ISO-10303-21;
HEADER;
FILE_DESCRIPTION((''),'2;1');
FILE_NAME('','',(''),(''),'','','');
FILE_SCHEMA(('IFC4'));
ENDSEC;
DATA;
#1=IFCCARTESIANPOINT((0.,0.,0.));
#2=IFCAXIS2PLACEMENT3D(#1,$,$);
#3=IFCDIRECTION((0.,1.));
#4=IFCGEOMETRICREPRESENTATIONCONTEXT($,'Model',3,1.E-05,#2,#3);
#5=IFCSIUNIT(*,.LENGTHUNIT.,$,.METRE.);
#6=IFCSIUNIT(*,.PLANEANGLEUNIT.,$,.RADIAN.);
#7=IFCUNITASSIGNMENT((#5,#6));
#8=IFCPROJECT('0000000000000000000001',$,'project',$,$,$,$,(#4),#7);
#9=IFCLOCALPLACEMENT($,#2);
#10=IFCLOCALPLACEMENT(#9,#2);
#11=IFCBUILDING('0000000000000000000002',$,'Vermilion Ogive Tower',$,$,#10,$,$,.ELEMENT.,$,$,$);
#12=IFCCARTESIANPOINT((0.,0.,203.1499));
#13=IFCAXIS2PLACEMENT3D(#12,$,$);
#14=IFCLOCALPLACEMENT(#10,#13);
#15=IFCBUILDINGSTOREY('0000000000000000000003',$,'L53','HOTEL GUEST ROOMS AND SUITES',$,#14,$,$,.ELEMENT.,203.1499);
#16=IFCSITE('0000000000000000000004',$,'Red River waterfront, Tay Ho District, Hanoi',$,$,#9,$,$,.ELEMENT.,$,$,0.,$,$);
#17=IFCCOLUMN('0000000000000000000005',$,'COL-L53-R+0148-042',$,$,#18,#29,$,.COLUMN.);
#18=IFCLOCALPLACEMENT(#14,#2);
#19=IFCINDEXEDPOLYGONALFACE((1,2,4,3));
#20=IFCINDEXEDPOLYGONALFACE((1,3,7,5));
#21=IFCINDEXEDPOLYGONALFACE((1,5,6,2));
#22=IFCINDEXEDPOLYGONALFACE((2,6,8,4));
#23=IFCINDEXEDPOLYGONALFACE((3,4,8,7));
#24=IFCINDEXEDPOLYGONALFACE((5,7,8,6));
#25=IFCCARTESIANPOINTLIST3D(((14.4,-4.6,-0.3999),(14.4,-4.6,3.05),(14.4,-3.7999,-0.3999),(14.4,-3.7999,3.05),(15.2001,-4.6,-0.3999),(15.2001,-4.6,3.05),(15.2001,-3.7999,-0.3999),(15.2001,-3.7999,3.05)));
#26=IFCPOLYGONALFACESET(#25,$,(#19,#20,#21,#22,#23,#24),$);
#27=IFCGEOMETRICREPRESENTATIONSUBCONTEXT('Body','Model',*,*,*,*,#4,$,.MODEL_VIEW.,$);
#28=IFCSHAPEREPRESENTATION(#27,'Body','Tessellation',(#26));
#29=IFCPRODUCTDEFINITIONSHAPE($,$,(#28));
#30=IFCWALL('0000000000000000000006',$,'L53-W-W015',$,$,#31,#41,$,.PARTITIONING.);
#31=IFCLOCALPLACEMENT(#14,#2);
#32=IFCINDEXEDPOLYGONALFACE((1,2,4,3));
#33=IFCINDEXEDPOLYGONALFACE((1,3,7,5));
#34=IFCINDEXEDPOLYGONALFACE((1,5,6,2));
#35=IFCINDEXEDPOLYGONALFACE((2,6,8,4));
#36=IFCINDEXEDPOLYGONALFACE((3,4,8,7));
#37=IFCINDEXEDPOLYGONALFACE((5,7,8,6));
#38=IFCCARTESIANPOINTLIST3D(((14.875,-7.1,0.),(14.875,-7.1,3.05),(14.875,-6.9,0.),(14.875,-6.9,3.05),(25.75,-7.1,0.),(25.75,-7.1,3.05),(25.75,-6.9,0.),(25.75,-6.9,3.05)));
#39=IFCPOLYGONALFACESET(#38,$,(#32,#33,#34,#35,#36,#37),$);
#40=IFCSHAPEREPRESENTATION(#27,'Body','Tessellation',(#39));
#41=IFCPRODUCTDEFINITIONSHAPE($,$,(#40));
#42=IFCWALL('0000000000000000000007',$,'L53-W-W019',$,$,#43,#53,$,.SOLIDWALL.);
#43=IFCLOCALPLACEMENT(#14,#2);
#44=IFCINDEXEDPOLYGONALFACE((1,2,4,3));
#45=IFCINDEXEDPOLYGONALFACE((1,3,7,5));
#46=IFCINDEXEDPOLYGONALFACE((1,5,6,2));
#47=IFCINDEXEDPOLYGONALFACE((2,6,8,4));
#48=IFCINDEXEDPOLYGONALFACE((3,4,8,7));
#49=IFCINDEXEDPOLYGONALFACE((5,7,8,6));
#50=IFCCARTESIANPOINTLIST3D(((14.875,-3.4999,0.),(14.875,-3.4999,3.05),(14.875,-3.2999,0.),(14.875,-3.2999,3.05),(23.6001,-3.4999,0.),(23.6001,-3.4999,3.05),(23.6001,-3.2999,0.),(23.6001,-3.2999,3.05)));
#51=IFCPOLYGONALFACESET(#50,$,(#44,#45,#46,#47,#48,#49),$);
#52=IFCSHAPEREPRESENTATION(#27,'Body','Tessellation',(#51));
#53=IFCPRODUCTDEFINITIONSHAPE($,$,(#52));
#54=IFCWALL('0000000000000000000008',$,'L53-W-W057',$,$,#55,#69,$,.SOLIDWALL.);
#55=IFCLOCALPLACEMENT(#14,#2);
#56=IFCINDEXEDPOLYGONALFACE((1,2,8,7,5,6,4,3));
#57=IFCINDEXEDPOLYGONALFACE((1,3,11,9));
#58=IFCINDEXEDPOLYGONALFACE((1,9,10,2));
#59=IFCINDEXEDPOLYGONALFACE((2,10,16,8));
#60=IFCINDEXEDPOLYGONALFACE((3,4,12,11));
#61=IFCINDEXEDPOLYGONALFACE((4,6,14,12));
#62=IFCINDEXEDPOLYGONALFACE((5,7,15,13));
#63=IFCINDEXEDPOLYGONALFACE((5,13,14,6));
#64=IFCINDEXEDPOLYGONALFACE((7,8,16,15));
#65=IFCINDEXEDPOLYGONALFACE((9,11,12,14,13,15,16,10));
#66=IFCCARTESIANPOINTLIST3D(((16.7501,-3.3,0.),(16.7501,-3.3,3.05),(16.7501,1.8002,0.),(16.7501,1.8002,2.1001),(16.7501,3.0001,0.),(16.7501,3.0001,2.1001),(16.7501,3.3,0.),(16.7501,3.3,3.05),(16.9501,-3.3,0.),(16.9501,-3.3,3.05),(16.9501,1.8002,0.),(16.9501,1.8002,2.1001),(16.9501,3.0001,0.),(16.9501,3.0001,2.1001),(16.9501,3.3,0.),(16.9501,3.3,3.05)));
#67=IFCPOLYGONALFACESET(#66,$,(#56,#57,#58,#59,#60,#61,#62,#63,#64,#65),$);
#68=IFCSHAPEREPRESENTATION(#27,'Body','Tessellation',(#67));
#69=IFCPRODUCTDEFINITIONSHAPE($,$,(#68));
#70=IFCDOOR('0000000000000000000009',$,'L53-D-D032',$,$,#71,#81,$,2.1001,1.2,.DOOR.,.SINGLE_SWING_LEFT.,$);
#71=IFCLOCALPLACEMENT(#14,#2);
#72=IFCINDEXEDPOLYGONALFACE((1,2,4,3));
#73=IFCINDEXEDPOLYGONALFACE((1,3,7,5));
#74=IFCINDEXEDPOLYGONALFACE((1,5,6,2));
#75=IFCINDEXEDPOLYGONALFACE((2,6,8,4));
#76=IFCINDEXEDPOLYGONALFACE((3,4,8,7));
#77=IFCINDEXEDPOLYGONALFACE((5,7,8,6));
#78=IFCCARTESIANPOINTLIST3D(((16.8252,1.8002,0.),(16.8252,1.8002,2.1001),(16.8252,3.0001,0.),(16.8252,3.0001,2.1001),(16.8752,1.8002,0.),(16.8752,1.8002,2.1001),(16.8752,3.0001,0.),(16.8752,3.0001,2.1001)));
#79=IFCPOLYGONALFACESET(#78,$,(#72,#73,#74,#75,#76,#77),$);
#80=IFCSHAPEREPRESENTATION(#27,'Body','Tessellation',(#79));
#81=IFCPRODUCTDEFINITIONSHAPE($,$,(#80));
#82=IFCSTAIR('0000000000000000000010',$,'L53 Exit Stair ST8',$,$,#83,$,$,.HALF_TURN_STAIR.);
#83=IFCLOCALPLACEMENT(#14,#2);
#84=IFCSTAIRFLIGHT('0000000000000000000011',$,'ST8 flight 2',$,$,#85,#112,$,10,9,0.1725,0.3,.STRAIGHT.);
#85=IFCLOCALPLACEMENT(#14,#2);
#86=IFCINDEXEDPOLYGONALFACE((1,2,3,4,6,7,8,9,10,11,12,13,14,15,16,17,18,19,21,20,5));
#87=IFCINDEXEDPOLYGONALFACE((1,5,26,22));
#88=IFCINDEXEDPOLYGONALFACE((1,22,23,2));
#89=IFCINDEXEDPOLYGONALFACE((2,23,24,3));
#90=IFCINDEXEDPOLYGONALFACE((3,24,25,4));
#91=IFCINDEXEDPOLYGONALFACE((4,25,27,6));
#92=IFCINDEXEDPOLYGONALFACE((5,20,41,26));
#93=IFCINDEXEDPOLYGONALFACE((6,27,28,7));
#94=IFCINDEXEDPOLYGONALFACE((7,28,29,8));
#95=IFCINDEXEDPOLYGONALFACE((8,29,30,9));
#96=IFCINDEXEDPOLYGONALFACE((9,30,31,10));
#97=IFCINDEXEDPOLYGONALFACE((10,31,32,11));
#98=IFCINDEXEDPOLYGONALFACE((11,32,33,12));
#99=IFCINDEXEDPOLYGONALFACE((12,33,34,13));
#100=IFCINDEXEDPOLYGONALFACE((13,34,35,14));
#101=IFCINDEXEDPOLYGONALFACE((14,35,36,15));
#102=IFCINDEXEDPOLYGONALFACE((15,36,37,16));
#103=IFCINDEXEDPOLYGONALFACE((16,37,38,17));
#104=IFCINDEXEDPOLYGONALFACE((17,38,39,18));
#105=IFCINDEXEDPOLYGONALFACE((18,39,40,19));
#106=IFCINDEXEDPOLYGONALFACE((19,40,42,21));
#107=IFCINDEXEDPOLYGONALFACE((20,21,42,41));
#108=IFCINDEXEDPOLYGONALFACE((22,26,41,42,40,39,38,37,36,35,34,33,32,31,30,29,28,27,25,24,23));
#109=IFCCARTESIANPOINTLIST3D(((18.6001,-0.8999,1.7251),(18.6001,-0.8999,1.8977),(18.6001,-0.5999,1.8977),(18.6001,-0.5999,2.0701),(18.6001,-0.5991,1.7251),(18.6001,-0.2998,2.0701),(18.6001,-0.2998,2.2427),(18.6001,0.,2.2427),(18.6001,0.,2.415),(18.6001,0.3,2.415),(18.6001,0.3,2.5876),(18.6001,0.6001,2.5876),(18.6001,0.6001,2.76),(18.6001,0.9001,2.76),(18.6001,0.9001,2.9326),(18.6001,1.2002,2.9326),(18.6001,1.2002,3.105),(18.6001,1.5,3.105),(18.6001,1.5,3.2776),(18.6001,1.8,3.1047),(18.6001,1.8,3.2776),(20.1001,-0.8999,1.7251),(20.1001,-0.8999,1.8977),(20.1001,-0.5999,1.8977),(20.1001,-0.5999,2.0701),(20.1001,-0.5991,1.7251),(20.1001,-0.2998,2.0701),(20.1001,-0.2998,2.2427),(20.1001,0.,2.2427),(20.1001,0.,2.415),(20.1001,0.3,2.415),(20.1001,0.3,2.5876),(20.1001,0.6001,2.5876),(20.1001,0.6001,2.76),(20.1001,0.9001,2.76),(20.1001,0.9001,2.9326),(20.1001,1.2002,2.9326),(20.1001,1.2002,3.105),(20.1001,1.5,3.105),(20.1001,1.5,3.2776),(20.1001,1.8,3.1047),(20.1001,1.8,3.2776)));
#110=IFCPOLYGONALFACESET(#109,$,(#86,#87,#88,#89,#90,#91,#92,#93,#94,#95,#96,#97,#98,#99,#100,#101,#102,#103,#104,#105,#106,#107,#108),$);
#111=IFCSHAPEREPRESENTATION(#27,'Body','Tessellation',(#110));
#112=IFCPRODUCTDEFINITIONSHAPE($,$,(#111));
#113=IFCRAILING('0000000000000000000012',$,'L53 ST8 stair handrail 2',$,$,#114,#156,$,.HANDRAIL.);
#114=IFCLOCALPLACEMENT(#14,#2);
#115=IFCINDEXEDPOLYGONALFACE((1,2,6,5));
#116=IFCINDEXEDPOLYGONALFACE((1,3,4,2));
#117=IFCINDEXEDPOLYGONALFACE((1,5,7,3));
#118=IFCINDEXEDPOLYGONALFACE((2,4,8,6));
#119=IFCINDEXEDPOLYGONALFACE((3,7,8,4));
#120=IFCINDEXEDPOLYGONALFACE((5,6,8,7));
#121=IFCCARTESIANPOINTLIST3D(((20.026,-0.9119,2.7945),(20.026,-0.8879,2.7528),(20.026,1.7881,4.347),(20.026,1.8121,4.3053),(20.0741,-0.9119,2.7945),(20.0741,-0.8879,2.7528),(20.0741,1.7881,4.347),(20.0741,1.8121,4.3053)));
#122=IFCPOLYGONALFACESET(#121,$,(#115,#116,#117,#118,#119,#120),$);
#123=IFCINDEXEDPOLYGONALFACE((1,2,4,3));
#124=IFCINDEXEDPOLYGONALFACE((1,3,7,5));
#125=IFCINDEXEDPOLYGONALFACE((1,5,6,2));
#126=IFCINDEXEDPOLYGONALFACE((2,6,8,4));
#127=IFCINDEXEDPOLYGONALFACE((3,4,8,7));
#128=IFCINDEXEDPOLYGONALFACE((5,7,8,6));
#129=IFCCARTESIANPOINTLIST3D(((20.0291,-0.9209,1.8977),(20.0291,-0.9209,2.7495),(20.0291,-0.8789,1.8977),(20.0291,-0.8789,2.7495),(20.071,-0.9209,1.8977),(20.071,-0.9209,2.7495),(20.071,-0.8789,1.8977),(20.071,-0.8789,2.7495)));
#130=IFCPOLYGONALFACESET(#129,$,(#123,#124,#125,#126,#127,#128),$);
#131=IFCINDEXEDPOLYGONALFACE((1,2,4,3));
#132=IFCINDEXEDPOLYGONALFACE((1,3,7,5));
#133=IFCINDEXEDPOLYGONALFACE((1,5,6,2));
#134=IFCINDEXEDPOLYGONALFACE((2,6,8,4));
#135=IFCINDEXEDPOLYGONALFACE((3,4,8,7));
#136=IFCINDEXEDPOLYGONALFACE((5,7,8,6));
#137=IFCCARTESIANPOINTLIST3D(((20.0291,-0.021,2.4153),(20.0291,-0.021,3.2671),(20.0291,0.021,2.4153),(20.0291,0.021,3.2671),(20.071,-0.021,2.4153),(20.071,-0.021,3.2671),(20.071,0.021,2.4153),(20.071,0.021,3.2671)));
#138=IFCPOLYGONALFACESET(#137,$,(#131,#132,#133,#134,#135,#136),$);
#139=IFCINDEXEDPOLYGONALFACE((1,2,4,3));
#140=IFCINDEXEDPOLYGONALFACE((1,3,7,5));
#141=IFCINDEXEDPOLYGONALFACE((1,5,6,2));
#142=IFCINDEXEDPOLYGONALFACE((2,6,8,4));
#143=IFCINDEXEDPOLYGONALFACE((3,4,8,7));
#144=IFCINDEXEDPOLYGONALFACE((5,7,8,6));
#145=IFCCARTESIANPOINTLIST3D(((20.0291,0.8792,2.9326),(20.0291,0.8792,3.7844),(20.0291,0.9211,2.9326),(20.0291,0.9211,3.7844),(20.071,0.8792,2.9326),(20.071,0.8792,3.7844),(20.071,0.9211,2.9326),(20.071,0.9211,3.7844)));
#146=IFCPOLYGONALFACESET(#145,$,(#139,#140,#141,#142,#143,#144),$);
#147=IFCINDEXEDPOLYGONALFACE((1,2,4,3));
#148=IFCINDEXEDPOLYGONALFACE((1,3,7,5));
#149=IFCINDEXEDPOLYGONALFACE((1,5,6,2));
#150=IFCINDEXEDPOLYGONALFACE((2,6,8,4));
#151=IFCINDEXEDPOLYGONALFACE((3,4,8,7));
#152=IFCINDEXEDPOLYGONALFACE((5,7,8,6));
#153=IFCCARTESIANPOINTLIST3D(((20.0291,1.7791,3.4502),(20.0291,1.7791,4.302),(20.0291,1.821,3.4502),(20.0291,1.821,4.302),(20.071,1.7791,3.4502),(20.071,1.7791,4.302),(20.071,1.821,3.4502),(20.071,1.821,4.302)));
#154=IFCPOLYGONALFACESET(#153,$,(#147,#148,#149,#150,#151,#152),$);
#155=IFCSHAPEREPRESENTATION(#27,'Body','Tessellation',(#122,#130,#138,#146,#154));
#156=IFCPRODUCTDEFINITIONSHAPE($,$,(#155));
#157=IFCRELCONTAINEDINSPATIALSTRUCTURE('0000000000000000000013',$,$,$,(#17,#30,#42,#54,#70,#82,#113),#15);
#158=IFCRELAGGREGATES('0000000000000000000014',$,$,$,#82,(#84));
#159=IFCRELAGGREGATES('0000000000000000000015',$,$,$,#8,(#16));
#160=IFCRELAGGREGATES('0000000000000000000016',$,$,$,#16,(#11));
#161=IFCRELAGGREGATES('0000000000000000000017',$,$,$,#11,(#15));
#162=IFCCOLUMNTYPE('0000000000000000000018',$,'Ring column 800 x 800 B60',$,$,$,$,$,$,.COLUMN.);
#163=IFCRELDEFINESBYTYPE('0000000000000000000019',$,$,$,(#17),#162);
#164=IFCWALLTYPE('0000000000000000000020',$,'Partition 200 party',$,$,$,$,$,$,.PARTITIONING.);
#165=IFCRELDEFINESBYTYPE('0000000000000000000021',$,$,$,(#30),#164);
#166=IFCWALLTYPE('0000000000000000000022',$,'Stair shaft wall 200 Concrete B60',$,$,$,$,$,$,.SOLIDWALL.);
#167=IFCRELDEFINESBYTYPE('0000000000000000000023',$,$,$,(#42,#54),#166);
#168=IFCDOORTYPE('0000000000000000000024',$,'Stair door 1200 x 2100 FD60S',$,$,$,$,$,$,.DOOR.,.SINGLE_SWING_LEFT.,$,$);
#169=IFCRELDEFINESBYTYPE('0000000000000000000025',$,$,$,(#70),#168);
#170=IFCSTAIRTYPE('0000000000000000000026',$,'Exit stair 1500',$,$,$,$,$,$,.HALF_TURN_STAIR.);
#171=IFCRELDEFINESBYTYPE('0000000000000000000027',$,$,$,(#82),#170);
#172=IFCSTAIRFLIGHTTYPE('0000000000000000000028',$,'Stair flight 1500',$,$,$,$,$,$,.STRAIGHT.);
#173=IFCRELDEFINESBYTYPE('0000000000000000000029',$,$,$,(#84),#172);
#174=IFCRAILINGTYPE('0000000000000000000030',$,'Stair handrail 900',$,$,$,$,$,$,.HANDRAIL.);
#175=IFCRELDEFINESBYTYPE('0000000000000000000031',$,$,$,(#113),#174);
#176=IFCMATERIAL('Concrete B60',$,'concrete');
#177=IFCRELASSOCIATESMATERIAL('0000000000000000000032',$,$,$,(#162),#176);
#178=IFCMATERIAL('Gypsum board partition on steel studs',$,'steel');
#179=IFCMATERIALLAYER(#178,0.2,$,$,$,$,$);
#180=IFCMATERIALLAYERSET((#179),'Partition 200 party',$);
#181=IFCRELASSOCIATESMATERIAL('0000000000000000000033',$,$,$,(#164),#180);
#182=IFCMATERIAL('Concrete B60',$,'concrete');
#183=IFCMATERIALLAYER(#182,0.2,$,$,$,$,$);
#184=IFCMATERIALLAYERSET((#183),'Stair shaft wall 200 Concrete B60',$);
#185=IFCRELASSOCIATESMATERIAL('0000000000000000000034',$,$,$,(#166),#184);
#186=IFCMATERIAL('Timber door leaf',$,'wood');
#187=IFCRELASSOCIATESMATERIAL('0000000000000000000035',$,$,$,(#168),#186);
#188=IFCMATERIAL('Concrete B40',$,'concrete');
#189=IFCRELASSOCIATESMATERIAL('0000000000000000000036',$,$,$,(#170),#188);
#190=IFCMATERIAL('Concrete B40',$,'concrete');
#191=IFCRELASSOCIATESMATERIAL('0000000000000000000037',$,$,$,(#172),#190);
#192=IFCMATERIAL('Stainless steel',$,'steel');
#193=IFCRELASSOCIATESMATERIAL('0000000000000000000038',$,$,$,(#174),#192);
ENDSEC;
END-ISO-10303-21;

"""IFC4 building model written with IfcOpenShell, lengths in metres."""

from ifc_helpers import new_model, si_unit, direction, frame, frame_2d, origin, origin_2d, place, context, subcontext, project, spatial, polyline, rectangle, outline, extrude, material, layer, layer_set, material_profile, profile_set, type_object, element, fill, aggregate, save


model = new_model("IFC4")

# Units and contexts
model_context = context("Model", 3, precision=1e-05, world=origin(), true_north=direction((0.0, 1.0)))
body_context = subcontext(model_context, "Body", "Model", "MODEL_VIEW")
ifc_project = project(units=[si_unit("LENGTHUNIT", "METRE"), si_unit("PLANEANGLEUNIT", "RADIAN")], contexts=[model_context])

# Site, building, storey
site_placement = place(None, origin())
site = spatial("IfcSite", under=ifc_project, at=site_placement, Name="Red River waterfront, Tay Ho District, Hanoi", CompositionType="ELEMENT", RefElevation=0.0)
building_placement = place(site_placement, origin())
building = spatial("IfcBuilding", under=site, at=building_placement, Name="Vermilion Ogive Tower", CompositionType="ELEMENT")
storey_placement = place(building_placement, frame((0.0, 0.0, 203.1499)))
storey = spatial("IfcBuildingStorey", under=building, at=storey_placement, Name="L53", Description="HOTEL GUEST ROOMS AND SUITES", CompositionType="ELEMENT", Elevation=203.1499)

# Column
ifc_material_1 = material(Name="Concrete B60", Category="concrete")
ifc_material_profile = material_profile(ifc_material_1, rectangle(XDim=0.8, YDim=0.8, at=origin_2d()), Name="800 x 800")
ifc_profile_set = profile_set([ifc_material_profile], Name="Concrete B60")
column_type = type_object("IfcColumnType", Name="Ring column 800 x 800 B60", PredefinedType="COLUMN", material=ifc_profile_set)
column_placement = place(storey_placement, frame((14.8, -4.2, -0.3999), z_axis=(0.0, 0.0, 1.0), x_axis=(1.0, 0.0, 0.0)))
element("IfcColumn", 1, at=column_placement, inside=storey, type_object=column_type, Name="COL-L53-R+0148-042", PredefinedType="COLUMN", context=body_context, shape_type="SweptSolid", body=[
    extrude(rectangle(XDim=0.8, YDim=0.8, at=origin_2d()), origin(), (0.0, 0.0, 1.0), 3.45),
])

# Walls
ifc_material_2 = material(Name="Gypsum board partition on steel studs", Category="steel")
ifc_layer_1 = layer(ifc_material_2, 0.2)
ifc_layer_set_1 = layer_set([ifc_layer_1], Name="Partition 200 party")
wall_type_1 = type_object("IfcWallType", Name="Partition 200 party", PredefinedType="PARTITIONING", material=ifc_layer_set_1)
wall_1_placement = place(storey_placement, frame((14.875, -7.0, 0.0), z_axis=(0.0, 0.0, 1.0), x_axis=(1.0, 0.0, 0.0)))
element("IfcWall", 2, at=wall_1_placement, inside=storey, type_object=wall_type_1, Name="L53-W-W015", PredefinedType="PARTITIONING", context=body_context, shape_type="SweptSolid", body=[
    extrude(rectangle(XDim=10.875, YDim=0.2, at=frame_2d((5.4375, 0.0))), origin(), (0.0, 0.0, 1.0), 3.05),
])
ifc_material_3 = material(Name="Concrete B60", Category="concrete")
ifc_layer_2 = layer(ifc_material_3, 0.2)
ifc_layer_set_2 = layer_set([ifc_layer_2], Name="Stair shaft wall 200 Concrete B60")
wall_type_2 = type_object("IfcWallType", Name="Stair shaft wall 200 Concrete B60", PredefinedType="SOLIDWALL", material=ifc_layer_set_2)
wall_2_placement = place(storey_placement, frame((14.875, -3.3999, 0.0), z_axis=(0.0, 0.0, 1.0), x_axis=(1.0, 0.0, 0.0)))
element("IfcWall", 3, at=wall_2_placement, inside=storey, type_object=wall_type_2, Name="L53-W-W019", PredefinedType="SOLIDWALL", context=body_context, shape_type="SweptSolid", body=[
    extrude(rectangle(XDim=8.7251, YDim=0.2, at=frame_2d((4.3625, 0.0))), origin(), (0.0, 0.0, 1.0), 3.05),
])

# Wall, opening, door
wall_3_placement = place(storey_placement, frame((16.8501, -3.3, 0.0), z_axis=(0.0, 0.0, 1.0), x_axis=(0.0, 1.0, 0.0)))
wall_3 = element("IfcWall", 4, at=wall_3_placement, inside=storey, type_object=wall_type_2, Name="L53-W-W057", PredefinedType="SOLIDWALL", context=body_context, shape_type="SweptSolid", body=[
    extrude(rectangle(XDim=6.6001, YDim=0.2, at=frame_2d((3.3, 0.0))), origin(), (0.0, 0.0, 1.0), 3.05),
])
opening_placement = place(wall_3_placement, frame((5.1001, 0.0, 0.0)))
opening = element("IfcOpeningElement", 5, at=opening_placement, cuts=wall_3, PredefinedType="OPENING", context=body_context, shape_type="SweptSolid", body=[
    extrude(rectangle(XDim=1.2, YDim=2.1001, at=frame_2d((0.6001, 1.05))), frame((0.0, 0.1099, 0.0), z_axis=(0.0, -1.0, 0.0), x_axis=(1.0, 0.0, 0.0)), (0.0, 0.0, 1.0), 0.22),
])
ifc_material_4 = material(Name="Timber door leaf", Category="wood")
door_type = type_object("IfcDoorType", Name="Stair door 1200 x 2100 FD60S", OperationType="SINGLE_SWING_LEFT", PredefinedType="DOOR", material=ifc_material_4)
door_placement = place(opening_placement, origin())
door = element("IfcDoor", 6, at=door_placement, inside=storey, type_object=door_type, Name="L53-D-D032", OperationType="SINGLE_SWING_LEFT", OverallHeight=2.1001, OverallWidth=1.2, PredefinedType="DOOR", context=body_context, shape_type="SweptSolid", body=[
    extrude(rectangle(XDim=1.2, YDim=2.1001, at=frame_2d((0.6001, 1.05))), frame((0.0, 0.0249, 0.0), z_axis=(0.0, -1.0, 0.0), x_axis=(1.0, 0.0, 0.0)), (0.0, 0.0, 1.0), 0.05),
])
fill(opening, door)

# Stair, stair flight
ifc_material_5 = material(Name="Concrete B40", Category="concrete")
stair_type = type_object("IfcStairType", Name="Exit stair 1500", PredefinedType="HALF_TURN_STAIR", material=ifc_material_5)
stair_placement = place(storey_placement, origin())
stair = element("IfcStair", 7, at=stair_placement, inside=storey, type_object=stair_type, Name="L53 Exit Stair ST8", PredefinedType="HALF_TURN_STAIR")
ifc_material_6 = material(Name="Concrete B40", Category="concrete")
stair_flight_type = type_object("IfcStairFlightType", Name="Stair flight 1500", PredefinedType="STRAIGHT", material=ifc_material_6)
stair_flight_placement = place(storey_placement, frame((19.3501, -0.8999, 1.7251), z_axis=(0.0, 0.0, 1.0), x_axis=(0.0, 1.0, 0.0)))
stair_flight = element("IfcStairFlight", 8, at=stair_flight_placement, type_object=stair_flight_type, Name="ST8 flight 2", NumberOfRisers=10, NumberOfTreads=9, PredefinedType="STRAIGHT", RiserHeight=0.1725, TreadLength=0.3, context=body_context, shape_type="SweptSolid", body=[
    extrude(outline(polyline([(0.0, 0.0), (0.0, 0.1726), (0.3, 0.1726), (0.3, 0.345), (0.6001, 0.345), (0.6001, 0.5176), (0.8999, 0.5176), (0.8999, 0.6899), (1.2, 0.6899), (1.2, 0.8625), (1.5, 0.8625), (1.5, 1.0349), (1.8, 1.0349), (1.8, 1.2075), (2.1001, 1.2075), (2.1001, 1.3799), (2.3999, 1.3799), (2.3999, 1.5525), (2.7, 1.5525), (2.7, 1.7251), (2.7, 1.3796), (0.3008, 0.0), (0.0, 0.0)])), frame((0.0, 0.75, 0.0), z_axis=(0.0, -1.0, 0.0), x_axis=(1.0, 0.0, 0.0)), (0.0, 0.0, 1.0), 1.5),
])
aggregate(stair, [stair_flight])

# Railing
ifc_material_7 = material(Name="Stainless steel", Category="steel")
railing_type = type_object("IfcRailingType", Name="Stair handrail 900", PredefinedType="HANDRAIL", material=ifc_material_7)
railing_placement = place(storey_placement, frame((20.05, -0.8999, 1.8977)))
element("IfcRailing", 9, at=railing_placement, inside=storey, type_object=railing_type, Name="L53 ST8 stair handrail 2", PredefinedType="HANDRAIL", context=body_context, shape_type="SweptSolid", body=[
    extrude(rectangle(XDim=0.0481, YDim=0.0481, at=origin_2d()), frame((0.0, 0.0, 0.876), z_axis=(0.0, 0.866904, 0.498476), x_axis=(-1.0, 0.0, 0.0)), (0.0, 0.0, 1.0), 3.1145),
    extrude(rectangle(XDim=0.042, YDim=0.042, at=origin_2d()), origin(), (0.0, 0.0, 1.0), 0.8518),
    extrude(rectangle(XDim=0.042, YDim=0.042, at=origin_2d()), frame((0.0, 0.8999, 0.5176)), (0.0, 0.0, 1.0), 0.8518),
    extrude(rectangle(XDim=0.042, YDim=0.042, at=origin_2d()), frame((0.0, 1.8, 1.0349)), (0.0, 0.0, 1.0), 0.8518),
    extrude(rectangle(XDim=0.042, YDim=0.042, at=origin_2d()), frame((0.0, 2.7, 1.5525)), (0.0, 0.0, 1.0), 0.8518),
])

save(model, "model.ifc")
